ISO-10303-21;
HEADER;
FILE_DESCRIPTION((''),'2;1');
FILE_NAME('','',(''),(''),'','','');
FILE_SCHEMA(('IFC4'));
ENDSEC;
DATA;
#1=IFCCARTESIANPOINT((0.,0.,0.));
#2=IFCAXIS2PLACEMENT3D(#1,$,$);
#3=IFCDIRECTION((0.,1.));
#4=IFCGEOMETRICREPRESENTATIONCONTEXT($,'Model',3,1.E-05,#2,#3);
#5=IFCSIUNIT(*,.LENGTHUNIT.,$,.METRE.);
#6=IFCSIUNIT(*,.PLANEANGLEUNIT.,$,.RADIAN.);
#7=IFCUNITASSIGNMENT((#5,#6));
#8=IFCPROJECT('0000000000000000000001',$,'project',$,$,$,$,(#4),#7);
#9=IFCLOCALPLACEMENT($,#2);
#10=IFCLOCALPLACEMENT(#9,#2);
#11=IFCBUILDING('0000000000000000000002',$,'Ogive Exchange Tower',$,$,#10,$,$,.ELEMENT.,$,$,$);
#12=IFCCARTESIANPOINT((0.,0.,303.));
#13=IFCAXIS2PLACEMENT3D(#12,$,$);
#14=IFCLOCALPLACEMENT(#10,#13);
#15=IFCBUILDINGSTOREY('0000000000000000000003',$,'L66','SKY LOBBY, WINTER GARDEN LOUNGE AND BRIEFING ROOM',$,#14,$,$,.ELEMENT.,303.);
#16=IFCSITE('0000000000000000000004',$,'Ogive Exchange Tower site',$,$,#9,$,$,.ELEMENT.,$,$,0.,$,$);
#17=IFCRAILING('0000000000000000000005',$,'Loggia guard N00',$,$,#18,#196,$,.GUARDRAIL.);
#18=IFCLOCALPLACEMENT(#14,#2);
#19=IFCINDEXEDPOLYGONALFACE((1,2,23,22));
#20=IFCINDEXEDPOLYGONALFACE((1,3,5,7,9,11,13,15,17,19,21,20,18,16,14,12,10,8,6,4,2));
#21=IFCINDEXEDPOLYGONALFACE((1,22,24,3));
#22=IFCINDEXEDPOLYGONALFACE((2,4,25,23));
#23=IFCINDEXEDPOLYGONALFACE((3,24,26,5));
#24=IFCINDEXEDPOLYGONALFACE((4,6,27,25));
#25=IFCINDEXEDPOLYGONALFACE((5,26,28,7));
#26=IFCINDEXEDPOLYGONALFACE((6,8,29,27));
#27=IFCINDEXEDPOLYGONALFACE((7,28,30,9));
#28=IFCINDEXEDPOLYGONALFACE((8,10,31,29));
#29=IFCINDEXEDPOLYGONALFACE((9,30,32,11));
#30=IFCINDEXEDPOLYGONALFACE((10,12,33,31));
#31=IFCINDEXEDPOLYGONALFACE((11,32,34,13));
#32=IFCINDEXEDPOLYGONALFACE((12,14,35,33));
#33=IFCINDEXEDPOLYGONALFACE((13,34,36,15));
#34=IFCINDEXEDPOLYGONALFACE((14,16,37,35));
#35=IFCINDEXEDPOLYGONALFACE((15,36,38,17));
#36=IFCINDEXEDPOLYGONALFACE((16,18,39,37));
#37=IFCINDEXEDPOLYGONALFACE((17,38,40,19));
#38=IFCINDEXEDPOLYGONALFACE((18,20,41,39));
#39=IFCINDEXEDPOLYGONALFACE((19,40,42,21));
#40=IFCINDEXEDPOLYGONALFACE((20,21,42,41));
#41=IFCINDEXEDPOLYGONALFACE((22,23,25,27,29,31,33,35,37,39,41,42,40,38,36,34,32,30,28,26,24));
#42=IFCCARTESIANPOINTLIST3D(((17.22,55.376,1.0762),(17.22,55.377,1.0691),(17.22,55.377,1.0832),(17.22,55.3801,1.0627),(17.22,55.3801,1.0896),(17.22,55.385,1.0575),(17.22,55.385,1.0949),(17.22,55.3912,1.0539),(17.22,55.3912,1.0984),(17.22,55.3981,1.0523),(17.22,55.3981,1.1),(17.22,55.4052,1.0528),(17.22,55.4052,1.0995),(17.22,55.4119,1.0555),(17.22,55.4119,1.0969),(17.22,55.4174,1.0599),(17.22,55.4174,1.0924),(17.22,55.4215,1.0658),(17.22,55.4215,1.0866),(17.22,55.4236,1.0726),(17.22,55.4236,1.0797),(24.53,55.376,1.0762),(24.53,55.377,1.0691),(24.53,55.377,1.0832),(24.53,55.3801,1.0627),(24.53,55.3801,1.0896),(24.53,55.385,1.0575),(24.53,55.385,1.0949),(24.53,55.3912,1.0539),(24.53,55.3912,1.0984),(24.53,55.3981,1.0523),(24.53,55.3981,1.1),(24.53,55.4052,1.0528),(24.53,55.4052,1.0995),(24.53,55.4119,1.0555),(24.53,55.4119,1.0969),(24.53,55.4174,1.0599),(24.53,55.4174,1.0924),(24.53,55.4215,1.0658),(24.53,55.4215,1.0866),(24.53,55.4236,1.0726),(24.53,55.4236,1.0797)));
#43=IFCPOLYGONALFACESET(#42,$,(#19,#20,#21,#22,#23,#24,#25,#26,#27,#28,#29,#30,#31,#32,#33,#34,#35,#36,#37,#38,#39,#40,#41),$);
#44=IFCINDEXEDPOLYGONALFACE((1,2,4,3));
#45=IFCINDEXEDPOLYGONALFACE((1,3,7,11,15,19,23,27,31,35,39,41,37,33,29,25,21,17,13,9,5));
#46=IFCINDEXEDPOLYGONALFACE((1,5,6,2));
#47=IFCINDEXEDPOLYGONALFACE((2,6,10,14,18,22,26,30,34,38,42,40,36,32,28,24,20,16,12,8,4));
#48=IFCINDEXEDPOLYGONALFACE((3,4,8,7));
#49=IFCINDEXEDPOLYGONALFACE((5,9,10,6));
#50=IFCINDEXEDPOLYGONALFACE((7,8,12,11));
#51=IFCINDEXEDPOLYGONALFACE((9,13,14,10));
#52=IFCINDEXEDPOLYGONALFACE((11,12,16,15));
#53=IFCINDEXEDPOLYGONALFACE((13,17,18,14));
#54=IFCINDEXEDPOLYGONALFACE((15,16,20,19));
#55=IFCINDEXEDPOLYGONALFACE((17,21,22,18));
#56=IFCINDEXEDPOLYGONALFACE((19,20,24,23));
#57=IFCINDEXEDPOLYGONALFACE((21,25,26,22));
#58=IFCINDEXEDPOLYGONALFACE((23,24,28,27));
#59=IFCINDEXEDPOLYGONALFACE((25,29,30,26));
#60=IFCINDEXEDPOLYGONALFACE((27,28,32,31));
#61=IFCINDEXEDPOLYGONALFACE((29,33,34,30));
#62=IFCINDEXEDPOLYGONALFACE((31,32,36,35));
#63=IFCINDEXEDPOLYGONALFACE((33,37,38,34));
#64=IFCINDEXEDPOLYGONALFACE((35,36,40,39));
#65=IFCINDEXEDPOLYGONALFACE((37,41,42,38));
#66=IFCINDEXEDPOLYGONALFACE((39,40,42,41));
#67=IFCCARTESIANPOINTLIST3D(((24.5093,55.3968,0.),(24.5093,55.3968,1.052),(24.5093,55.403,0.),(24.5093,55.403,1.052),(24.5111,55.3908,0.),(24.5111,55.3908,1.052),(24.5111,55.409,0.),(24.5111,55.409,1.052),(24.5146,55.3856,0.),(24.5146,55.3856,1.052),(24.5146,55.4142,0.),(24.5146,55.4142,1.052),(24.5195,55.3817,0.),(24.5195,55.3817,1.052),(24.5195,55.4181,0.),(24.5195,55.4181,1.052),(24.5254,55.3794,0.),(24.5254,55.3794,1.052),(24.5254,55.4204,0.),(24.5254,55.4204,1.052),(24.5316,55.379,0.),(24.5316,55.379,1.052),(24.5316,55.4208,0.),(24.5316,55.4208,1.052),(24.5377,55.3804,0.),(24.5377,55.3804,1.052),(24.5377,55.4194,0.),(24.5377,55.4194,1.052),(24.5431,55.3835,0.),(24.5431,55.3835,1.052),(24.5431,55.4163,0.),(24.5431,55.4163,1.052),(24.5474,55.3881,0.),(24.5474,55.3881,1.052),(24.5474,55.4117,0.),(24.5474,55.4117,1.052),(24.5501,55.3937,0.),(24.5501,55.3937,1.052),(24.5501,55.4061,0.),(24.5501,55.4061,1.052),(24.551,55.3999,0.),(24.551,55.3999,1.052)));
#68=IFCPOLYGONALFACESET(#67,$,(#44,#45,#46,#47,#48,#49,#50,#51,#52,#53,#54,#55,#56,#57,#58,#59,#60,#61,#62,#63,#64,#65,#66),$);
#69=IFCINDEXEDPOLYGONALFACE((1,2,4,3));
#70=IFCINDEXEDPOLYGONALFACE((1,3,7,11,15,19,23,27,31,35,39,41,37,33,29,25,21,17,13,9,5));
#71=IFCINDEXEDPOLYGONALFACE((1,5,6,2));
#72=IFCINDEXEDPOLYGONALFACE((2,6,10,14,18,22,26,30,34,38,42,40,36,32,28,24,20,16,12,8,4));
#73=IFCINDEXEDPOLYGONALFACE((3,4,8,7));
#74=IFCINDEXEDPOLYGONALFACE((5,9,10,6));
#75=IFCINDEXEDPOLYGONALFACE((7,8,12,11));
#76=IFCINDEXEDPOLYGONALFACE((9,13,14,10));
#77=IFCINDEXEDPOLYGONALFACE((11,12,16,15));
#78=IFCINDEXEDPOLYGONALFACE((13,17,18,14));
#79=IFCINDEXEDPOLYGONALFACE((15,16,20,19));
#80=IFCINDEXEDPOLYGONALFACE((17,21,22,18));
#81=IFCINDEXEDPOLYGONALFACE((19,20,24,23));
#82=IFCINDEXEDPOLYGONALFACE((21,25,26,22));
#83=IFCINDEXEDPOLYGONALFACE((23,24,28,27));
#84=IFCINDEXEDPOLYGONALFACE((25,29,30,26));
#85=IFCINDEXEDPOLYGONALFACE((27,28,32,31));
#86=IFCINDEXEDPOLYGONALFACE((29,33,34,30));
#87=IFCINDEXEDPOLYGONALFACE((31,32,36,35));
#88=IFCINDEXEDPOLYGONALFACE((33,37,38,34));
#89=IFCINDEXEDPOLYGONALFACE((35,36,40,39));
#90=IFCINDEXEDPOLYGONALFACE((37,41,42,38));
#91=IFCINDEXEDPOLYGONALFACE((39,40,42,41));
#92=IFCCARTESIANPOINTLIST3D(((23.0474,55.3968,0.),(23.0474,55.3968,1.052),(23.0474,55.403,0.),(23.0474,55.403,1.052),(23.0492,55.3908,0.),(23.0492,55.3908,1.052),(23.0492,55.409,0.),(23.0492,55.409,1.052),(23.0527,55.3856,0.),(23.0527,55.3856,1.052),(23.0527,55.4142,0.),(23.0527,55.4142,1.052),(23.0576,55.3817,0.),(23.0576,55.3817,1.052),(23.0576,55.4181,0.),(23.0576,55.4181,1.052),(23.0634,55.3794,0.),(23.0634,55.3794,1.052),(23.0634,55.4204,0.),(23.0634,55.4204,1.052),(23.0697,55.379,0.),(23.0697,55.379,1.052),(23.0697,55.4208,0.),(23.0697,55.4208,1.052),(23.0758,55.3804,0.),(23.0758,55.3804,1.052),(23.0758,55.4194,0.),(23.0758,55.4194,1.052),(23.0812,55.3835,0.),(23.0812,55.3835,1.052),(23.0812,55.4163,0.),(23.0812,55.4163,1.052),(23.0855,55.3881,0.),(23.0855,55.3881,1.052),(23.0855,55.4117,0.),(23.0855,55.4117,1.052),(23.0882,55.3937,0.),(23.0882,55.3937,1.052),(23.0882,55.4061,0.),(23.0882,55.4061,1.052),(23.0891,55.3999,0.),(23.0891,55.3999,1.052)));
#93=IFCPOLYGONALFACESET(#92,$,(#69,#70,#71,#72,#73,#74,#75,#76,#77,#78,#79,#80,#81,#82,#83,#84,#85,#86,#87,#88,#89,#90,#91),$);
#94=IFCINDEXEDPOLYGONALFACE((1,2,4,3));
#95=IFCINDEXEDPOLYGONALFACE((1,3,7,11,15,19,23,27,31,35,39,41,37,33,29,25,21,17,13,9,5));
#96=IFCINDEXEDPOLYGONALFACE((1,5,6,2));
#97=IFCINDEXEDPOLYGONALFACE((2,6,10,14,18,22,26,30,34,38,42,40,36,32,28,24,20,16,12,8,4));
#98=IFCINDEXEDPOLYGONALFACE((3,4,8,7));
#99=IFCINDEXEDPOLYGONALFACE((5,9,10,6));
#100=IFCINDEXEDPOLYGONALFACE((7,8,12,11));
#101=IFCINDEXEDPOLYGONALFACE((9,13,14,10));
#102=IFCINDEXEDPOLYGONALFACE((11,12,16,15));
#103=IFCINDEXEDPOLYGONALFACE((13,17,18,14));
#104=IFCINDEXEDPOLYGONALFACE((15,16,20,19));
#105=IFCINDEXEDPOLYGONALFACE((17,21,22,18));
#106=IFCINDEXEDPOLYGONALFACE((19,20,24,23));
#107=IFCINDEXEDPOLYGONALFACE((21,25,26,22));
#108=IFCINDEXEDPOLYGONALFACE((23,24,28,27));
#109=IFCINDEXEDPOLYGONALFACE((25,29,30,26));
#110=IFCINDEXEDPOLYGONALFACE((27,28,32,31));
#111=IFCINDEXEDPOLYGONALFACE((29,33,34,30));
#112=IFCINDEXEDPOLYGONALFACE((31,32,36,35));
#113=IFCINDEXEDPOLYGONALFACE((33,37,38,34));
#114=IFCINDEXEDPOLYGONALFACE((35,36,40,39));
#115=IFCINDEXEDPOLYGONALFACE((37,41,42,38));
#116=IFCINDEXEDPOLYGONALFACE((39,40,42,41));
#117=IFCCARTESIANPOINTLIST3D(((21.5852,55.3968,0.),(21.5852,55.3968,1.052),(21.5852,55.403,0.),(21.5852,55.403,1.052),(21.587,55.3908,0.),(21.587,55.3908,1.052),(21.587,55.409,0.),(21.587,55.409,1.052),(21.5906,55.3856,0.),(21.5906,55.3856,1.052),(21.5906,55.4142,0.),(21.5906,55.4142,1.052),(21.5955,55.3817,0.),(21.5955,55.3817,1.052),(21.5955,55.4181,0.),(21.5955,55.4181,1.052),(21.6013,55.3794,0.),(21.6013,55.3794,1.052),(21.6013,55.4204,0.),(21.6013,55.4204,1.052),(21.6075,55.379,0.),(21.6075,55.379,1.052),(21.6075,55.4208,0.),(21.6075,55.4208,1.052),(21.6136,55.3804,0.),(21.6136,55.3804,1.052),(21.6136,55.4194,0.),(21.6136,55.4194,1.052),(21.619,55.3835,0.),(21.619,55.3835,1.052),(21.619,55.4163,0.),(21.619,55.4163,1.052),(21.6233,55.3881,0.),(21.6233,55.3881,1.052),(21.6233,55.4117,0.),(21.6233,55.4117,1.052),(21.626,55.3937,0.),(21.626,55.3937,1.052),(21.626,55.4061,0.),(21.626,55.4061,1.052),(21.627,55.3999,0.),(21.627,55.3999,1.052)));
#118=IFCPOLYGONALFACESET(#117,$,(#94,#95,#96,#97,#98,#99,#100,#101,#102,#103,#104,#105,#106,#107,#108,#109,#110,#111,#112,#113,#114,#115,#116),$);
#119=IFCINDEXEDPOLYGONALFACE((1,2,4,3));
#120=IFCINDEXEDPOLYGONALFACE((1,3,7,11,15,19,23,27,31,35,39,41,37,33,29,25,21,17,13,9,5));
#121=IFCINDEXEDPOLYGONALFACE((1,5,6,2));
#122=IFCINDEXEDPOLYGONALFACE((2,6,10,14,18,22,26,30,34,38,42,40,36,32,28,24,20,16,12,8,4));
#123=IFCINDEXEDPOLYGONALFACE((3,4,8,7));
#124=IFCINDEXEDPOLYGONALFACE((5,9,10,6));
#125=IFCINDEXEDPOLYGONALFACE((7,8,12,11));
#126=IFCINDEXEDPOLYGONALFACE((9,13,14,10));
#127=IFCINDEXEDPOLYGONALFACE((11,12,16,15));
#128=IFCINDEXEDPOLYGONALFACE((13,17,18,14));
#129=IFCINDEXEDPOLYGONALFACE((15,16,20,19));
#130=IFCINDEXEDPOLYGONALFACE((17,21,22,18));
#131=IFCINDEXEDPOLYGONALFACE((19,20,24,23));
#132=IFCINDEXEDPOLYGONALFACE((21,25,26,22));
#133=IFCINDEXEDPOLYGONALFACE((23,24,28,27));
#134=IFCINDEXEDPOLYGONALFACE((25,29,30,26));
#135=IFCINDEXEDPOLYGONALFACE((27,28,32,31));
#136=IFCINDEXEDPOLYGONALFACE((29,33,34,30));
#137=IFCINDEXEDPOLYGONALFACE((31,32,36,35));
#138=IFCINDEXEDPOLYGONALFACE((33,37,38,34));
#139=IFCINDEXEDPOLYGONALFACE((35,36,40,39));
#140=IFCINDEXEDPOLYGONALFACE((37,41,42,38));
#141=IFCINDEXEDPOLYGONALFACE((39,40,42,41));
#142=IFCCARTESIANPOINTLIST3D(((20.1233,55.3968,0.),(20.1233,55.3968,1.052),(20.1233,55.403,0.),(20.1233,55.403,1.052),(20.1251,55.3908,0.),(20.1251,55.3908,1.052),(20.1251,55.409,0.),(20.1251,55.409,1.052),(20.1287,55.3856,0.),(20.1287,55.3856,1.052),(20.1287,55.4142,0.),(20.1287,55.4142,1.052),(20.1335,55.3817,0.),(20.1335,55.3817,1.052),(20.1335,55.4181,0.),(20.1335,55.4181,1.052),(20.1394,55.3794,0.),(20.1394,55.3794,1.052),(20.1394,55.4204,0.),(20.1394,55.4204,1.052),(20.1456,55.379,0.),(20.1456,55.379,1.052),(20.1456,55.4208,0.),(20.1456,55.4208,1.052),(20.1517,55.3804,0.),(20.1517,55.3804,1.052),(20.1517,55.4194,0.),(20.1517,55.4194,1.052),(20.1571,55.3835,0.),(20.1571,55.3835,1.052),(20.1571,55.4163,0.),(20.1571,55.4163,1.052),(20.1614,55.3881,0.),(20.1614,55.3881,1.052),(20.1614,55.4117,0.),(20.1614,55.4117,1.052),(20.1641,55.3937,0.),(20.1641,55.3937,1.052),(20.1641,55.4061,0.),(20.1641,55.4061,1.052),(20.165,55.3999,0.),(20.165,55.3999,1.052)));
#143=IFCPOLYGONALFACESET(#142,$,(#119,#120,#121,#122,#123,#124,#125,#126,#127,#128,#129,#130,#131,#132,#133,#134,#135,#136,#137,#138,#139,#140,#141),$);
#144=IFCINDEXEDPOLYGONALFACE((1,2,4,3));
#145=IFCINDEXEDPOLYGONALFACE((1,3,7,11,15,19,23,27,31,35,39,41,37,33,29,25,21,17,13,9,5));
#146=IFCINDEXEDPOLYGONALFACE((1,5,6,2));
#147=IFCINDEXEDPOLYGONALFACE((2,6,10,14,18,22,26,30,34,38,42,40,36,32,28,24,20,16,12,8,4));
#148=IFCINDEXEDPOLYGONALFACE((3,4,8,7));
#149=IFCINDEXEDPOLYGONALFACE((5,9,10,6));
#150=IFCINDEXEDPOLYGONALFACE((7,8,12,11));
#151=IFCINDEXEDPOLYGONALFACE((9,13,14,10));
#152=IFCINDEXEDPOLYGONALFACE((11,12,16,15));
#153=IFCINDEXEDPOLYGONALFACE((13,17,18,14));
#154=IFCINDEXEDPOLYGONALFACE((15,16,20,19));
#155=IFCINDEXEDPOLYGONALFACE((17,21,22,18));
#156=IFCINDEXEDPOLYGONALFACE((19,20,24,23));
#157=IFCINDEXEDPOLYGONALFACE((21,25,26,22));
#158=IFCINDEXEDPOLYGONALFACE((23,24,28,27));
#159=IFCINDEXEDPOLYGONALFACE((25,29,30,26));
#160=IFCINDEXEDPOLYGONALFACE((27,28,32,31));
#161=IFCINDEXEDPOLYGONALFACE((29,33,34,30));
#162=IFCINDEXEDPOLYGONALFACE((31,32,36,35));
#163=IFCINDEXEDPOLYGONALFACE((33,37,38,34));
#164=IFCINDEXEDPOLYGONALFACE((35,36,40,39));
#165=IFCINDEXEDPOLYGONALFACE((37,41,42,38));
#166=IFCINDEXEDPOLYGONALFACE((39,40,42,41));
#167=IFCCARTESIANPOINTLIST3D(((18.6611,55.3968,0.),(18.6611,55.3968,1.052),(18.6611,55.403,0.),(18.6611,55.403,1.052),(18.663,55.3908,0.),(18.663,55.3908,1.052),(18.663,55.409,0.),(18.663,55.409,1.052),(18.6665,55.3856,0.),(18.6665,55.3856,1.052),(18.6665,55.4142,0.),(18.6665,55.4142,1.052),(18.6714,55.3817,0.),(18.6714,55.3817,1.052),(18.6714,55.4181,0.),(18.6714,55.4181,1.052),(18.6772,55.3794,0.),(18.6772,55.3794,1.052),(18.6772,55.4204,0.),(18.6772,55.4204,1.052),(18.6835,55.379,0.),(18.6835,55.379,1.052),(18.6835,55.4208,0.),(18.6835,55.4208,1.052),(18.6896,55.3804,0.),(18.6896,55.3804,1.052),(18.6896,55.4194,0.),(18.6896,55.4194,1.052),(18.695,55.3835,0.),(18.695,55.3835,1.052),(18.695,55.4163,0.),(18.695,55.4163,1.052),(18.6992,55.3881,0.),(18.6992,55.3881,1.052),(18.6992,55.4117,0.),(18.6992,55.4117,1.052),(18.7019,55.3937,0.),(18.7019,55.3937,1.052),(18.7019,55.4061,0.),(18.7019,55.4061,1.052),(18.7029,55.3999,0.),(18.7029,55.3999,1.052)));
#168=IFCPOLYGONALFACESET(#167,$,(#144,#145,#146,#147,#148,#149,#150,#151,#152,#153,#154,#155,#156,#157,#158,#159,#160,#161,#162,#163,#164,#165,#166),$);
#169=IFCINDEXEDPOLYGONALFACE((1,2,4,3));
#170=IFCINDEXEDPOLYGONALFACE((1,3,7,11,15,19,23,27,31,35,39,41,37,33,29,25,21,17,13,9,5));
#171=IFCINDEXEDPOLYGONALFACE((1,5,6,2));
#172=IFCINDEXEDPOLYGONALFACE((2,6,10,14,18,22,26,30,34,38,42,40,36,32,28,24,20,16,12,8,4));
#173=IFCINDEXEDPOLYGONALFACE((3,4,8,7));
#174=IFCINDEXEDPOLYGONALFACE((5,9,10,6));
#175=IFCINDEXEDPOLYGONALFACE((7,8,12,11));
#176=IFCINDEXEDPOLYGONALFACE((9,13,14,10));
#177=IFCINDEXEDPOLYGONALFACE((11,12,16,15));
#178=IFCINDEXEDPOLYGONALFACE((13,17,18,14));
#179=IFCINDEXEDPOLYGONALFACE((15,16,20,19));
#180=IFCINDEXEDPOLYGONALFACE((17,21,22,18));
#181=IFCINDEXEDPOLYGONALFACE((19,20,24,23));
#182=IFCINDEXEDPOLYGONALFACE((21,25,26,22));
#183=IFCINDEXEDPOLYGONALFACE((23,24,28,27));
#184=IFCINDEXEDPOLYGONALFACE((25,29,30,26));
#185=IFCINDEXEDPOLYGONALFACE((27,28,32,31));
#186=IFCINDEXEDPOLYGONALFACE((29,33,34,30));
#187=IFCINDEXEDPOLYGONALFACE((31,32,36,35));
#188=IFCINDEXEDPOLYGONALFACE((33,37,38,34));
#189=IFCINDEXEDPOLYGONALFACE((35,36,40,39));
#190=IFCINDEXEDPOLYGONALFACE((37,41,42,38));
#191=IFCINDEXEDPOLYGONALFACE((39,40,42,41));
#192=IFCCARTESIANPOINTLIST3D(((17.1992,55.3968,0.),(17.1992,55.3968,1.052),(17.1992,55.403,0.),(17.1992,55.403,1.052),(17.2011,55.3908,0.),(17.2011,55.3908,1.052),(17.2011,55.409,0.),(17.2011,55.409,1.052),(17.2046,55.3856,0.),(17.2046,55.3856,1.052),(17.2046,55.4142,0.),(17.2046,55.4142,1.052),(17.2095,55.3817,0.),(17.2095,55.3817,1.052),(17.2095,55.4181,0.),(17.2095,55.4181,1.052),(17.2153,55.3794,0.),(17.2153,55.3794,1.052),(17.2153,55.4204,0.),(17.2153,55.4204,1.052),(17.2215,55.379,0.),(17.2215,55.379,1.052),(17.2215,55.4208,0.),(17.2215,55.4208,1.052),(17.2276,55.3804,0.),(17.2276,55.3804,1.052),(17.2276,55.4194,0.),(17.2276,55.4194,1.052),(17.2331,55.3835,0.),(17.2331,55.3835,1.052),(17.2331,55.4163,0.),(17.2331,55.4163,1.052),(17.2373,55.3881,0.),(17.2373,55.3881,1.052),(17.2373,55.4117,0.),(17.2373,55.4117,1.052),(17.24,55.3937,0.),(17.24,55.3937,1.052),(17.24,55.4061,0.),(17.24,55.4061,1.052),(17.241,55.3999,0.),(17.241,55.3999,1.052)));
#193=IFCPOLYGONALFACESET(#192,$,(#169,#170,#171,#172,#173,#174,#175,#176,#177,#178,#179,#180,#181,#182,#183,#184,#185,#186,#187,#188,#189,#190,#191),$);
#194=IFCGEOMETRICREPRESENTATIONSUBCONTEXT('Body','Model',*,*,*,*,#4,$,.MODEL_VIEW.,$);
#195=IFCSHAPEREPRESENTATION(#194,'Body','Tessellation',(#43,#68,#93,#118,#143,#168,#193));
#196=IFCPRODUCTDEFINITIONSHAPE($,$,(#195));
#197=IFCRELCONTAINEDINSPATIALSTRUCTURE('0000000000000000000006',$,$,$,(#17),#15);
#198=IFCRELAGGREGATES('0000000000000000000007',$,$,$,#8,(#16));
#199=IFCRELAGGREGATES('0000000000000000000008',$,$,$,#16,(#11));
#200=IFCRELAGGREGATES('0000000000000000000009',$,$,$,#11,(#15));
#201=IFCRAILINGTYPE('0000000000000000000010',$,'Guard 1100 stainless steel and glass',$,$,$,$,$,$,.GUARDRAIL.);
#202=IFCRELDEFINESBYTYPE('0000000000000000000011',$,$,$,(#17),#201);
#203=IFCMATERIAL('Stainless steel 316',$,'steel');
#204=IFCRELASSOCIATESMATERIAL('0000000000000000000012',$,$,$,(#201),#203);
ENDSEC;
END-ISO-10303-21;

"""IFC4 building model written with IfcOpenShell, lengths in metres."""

from ifc_helpers import new_model, si_unit, direction, frame, origin, origin_2d, place, context, subcontext, project, spatial, circle, extrude, material, type_object, element, save


model = new_model("IFC4")

# Units and contexts
model_context = context("Model", 3, precision=1e-05, world=origin(), true_north=direction((0.0, 1.0)))
body_context = subcontext(model_context, "Body", "Model", "MODEL_VIEW")
ifc_project = project(units=[si_unit("LENGTHUNIT", "METRE"), si_unit("PLANEANGLEUNIT", "RADIAN")], contexts=[model_context])

# Site, building, storey
site_placement = place(None, origin())
site = spatial("IfcSite", under=ifc_project, at=site_placement, Name="Ogive Exchange Tower site", CompositionType="ELEMENT", RefElevation=0.0)
building_placement = place(site_placement, origin())
building = spatial("IfcBuilding", under=site, at=building_placement, Name="Ogive Exchange Tower", CompositionType="ELEMENT")
storey_placement = place(building_placement, frame((0.0, 0.0, 303.0)))
storey = spatial("IfcBuildingStorey", under=building, at=storey_placement, Name="L66", Description="SKY LOBBY, WINTER GARDEN LOUNGE AND BRIEFING ROOM", CompositionType="ELEMENT", Elevation=303.0)

# Railing
ifc_material_1 = material(Name="Stainless steel 316", Category="steel")
railing_type_1 = type_object("IfcRailingType", Name="Guard 1100 stainless steel and glass", PredefinedType="GUARDRAIL", material=ifc_material_1)
railing_1_placement = place(storey_placement, frame((24.53, 55.3999, 0.0)))
element("IfcRailing", 1, at=railing_1_placement, inside=storey, type_object=railing_type_1, Name="Loggia guard N00", PredefinedType="GUARDRAIL", context=body_context, shape_type="SweptSolid", body=[
    extrude(circle(Radius=0.0239, at=origin_2d()), frame((0.0, 0.0, 1.0762), z_axis=(-1.0, 0.0, 0.0), x_axis=(0.0, -1.0, 0.0)), (0.0, 0.0, 1.0), 7.3101),
    extrude(circle(Radius=0.021, at=origin_2d()), origin(), (0.0, 0.0, 1.0), 1.052),
    extrude(circle(Radius=0.021, at=origin_2d()), frame((-1.4619, 0.0, 0.0)), (0.0, 0.0, 1.0), 1.052),
    extrude(circle(Radius=0.021, at=origin_2d()), frame((-2.9241, 0.0, 0.0)), (0.0, 0.0, 1.0), 1.052),
    extrude(circle(Radius=0.021, at=origin_2d()), frame((-4.386, 0.0, 0.0)), (0.0, 0.0, 1.0), 1.052),
    extrude(circle(Radius=0.021, at=origin_2d()), frame((-5.8481, 0.0, 0.0)), (0.0, 0.0, 1.0), 1.052),
    extrude(circle(Radius=0.021, at=origin_2d()), frame((-7.3101, 0.0, 0.0)), (0.0, 0.0, 1.0), 1.052),
])

save(model, "model.ifc")
